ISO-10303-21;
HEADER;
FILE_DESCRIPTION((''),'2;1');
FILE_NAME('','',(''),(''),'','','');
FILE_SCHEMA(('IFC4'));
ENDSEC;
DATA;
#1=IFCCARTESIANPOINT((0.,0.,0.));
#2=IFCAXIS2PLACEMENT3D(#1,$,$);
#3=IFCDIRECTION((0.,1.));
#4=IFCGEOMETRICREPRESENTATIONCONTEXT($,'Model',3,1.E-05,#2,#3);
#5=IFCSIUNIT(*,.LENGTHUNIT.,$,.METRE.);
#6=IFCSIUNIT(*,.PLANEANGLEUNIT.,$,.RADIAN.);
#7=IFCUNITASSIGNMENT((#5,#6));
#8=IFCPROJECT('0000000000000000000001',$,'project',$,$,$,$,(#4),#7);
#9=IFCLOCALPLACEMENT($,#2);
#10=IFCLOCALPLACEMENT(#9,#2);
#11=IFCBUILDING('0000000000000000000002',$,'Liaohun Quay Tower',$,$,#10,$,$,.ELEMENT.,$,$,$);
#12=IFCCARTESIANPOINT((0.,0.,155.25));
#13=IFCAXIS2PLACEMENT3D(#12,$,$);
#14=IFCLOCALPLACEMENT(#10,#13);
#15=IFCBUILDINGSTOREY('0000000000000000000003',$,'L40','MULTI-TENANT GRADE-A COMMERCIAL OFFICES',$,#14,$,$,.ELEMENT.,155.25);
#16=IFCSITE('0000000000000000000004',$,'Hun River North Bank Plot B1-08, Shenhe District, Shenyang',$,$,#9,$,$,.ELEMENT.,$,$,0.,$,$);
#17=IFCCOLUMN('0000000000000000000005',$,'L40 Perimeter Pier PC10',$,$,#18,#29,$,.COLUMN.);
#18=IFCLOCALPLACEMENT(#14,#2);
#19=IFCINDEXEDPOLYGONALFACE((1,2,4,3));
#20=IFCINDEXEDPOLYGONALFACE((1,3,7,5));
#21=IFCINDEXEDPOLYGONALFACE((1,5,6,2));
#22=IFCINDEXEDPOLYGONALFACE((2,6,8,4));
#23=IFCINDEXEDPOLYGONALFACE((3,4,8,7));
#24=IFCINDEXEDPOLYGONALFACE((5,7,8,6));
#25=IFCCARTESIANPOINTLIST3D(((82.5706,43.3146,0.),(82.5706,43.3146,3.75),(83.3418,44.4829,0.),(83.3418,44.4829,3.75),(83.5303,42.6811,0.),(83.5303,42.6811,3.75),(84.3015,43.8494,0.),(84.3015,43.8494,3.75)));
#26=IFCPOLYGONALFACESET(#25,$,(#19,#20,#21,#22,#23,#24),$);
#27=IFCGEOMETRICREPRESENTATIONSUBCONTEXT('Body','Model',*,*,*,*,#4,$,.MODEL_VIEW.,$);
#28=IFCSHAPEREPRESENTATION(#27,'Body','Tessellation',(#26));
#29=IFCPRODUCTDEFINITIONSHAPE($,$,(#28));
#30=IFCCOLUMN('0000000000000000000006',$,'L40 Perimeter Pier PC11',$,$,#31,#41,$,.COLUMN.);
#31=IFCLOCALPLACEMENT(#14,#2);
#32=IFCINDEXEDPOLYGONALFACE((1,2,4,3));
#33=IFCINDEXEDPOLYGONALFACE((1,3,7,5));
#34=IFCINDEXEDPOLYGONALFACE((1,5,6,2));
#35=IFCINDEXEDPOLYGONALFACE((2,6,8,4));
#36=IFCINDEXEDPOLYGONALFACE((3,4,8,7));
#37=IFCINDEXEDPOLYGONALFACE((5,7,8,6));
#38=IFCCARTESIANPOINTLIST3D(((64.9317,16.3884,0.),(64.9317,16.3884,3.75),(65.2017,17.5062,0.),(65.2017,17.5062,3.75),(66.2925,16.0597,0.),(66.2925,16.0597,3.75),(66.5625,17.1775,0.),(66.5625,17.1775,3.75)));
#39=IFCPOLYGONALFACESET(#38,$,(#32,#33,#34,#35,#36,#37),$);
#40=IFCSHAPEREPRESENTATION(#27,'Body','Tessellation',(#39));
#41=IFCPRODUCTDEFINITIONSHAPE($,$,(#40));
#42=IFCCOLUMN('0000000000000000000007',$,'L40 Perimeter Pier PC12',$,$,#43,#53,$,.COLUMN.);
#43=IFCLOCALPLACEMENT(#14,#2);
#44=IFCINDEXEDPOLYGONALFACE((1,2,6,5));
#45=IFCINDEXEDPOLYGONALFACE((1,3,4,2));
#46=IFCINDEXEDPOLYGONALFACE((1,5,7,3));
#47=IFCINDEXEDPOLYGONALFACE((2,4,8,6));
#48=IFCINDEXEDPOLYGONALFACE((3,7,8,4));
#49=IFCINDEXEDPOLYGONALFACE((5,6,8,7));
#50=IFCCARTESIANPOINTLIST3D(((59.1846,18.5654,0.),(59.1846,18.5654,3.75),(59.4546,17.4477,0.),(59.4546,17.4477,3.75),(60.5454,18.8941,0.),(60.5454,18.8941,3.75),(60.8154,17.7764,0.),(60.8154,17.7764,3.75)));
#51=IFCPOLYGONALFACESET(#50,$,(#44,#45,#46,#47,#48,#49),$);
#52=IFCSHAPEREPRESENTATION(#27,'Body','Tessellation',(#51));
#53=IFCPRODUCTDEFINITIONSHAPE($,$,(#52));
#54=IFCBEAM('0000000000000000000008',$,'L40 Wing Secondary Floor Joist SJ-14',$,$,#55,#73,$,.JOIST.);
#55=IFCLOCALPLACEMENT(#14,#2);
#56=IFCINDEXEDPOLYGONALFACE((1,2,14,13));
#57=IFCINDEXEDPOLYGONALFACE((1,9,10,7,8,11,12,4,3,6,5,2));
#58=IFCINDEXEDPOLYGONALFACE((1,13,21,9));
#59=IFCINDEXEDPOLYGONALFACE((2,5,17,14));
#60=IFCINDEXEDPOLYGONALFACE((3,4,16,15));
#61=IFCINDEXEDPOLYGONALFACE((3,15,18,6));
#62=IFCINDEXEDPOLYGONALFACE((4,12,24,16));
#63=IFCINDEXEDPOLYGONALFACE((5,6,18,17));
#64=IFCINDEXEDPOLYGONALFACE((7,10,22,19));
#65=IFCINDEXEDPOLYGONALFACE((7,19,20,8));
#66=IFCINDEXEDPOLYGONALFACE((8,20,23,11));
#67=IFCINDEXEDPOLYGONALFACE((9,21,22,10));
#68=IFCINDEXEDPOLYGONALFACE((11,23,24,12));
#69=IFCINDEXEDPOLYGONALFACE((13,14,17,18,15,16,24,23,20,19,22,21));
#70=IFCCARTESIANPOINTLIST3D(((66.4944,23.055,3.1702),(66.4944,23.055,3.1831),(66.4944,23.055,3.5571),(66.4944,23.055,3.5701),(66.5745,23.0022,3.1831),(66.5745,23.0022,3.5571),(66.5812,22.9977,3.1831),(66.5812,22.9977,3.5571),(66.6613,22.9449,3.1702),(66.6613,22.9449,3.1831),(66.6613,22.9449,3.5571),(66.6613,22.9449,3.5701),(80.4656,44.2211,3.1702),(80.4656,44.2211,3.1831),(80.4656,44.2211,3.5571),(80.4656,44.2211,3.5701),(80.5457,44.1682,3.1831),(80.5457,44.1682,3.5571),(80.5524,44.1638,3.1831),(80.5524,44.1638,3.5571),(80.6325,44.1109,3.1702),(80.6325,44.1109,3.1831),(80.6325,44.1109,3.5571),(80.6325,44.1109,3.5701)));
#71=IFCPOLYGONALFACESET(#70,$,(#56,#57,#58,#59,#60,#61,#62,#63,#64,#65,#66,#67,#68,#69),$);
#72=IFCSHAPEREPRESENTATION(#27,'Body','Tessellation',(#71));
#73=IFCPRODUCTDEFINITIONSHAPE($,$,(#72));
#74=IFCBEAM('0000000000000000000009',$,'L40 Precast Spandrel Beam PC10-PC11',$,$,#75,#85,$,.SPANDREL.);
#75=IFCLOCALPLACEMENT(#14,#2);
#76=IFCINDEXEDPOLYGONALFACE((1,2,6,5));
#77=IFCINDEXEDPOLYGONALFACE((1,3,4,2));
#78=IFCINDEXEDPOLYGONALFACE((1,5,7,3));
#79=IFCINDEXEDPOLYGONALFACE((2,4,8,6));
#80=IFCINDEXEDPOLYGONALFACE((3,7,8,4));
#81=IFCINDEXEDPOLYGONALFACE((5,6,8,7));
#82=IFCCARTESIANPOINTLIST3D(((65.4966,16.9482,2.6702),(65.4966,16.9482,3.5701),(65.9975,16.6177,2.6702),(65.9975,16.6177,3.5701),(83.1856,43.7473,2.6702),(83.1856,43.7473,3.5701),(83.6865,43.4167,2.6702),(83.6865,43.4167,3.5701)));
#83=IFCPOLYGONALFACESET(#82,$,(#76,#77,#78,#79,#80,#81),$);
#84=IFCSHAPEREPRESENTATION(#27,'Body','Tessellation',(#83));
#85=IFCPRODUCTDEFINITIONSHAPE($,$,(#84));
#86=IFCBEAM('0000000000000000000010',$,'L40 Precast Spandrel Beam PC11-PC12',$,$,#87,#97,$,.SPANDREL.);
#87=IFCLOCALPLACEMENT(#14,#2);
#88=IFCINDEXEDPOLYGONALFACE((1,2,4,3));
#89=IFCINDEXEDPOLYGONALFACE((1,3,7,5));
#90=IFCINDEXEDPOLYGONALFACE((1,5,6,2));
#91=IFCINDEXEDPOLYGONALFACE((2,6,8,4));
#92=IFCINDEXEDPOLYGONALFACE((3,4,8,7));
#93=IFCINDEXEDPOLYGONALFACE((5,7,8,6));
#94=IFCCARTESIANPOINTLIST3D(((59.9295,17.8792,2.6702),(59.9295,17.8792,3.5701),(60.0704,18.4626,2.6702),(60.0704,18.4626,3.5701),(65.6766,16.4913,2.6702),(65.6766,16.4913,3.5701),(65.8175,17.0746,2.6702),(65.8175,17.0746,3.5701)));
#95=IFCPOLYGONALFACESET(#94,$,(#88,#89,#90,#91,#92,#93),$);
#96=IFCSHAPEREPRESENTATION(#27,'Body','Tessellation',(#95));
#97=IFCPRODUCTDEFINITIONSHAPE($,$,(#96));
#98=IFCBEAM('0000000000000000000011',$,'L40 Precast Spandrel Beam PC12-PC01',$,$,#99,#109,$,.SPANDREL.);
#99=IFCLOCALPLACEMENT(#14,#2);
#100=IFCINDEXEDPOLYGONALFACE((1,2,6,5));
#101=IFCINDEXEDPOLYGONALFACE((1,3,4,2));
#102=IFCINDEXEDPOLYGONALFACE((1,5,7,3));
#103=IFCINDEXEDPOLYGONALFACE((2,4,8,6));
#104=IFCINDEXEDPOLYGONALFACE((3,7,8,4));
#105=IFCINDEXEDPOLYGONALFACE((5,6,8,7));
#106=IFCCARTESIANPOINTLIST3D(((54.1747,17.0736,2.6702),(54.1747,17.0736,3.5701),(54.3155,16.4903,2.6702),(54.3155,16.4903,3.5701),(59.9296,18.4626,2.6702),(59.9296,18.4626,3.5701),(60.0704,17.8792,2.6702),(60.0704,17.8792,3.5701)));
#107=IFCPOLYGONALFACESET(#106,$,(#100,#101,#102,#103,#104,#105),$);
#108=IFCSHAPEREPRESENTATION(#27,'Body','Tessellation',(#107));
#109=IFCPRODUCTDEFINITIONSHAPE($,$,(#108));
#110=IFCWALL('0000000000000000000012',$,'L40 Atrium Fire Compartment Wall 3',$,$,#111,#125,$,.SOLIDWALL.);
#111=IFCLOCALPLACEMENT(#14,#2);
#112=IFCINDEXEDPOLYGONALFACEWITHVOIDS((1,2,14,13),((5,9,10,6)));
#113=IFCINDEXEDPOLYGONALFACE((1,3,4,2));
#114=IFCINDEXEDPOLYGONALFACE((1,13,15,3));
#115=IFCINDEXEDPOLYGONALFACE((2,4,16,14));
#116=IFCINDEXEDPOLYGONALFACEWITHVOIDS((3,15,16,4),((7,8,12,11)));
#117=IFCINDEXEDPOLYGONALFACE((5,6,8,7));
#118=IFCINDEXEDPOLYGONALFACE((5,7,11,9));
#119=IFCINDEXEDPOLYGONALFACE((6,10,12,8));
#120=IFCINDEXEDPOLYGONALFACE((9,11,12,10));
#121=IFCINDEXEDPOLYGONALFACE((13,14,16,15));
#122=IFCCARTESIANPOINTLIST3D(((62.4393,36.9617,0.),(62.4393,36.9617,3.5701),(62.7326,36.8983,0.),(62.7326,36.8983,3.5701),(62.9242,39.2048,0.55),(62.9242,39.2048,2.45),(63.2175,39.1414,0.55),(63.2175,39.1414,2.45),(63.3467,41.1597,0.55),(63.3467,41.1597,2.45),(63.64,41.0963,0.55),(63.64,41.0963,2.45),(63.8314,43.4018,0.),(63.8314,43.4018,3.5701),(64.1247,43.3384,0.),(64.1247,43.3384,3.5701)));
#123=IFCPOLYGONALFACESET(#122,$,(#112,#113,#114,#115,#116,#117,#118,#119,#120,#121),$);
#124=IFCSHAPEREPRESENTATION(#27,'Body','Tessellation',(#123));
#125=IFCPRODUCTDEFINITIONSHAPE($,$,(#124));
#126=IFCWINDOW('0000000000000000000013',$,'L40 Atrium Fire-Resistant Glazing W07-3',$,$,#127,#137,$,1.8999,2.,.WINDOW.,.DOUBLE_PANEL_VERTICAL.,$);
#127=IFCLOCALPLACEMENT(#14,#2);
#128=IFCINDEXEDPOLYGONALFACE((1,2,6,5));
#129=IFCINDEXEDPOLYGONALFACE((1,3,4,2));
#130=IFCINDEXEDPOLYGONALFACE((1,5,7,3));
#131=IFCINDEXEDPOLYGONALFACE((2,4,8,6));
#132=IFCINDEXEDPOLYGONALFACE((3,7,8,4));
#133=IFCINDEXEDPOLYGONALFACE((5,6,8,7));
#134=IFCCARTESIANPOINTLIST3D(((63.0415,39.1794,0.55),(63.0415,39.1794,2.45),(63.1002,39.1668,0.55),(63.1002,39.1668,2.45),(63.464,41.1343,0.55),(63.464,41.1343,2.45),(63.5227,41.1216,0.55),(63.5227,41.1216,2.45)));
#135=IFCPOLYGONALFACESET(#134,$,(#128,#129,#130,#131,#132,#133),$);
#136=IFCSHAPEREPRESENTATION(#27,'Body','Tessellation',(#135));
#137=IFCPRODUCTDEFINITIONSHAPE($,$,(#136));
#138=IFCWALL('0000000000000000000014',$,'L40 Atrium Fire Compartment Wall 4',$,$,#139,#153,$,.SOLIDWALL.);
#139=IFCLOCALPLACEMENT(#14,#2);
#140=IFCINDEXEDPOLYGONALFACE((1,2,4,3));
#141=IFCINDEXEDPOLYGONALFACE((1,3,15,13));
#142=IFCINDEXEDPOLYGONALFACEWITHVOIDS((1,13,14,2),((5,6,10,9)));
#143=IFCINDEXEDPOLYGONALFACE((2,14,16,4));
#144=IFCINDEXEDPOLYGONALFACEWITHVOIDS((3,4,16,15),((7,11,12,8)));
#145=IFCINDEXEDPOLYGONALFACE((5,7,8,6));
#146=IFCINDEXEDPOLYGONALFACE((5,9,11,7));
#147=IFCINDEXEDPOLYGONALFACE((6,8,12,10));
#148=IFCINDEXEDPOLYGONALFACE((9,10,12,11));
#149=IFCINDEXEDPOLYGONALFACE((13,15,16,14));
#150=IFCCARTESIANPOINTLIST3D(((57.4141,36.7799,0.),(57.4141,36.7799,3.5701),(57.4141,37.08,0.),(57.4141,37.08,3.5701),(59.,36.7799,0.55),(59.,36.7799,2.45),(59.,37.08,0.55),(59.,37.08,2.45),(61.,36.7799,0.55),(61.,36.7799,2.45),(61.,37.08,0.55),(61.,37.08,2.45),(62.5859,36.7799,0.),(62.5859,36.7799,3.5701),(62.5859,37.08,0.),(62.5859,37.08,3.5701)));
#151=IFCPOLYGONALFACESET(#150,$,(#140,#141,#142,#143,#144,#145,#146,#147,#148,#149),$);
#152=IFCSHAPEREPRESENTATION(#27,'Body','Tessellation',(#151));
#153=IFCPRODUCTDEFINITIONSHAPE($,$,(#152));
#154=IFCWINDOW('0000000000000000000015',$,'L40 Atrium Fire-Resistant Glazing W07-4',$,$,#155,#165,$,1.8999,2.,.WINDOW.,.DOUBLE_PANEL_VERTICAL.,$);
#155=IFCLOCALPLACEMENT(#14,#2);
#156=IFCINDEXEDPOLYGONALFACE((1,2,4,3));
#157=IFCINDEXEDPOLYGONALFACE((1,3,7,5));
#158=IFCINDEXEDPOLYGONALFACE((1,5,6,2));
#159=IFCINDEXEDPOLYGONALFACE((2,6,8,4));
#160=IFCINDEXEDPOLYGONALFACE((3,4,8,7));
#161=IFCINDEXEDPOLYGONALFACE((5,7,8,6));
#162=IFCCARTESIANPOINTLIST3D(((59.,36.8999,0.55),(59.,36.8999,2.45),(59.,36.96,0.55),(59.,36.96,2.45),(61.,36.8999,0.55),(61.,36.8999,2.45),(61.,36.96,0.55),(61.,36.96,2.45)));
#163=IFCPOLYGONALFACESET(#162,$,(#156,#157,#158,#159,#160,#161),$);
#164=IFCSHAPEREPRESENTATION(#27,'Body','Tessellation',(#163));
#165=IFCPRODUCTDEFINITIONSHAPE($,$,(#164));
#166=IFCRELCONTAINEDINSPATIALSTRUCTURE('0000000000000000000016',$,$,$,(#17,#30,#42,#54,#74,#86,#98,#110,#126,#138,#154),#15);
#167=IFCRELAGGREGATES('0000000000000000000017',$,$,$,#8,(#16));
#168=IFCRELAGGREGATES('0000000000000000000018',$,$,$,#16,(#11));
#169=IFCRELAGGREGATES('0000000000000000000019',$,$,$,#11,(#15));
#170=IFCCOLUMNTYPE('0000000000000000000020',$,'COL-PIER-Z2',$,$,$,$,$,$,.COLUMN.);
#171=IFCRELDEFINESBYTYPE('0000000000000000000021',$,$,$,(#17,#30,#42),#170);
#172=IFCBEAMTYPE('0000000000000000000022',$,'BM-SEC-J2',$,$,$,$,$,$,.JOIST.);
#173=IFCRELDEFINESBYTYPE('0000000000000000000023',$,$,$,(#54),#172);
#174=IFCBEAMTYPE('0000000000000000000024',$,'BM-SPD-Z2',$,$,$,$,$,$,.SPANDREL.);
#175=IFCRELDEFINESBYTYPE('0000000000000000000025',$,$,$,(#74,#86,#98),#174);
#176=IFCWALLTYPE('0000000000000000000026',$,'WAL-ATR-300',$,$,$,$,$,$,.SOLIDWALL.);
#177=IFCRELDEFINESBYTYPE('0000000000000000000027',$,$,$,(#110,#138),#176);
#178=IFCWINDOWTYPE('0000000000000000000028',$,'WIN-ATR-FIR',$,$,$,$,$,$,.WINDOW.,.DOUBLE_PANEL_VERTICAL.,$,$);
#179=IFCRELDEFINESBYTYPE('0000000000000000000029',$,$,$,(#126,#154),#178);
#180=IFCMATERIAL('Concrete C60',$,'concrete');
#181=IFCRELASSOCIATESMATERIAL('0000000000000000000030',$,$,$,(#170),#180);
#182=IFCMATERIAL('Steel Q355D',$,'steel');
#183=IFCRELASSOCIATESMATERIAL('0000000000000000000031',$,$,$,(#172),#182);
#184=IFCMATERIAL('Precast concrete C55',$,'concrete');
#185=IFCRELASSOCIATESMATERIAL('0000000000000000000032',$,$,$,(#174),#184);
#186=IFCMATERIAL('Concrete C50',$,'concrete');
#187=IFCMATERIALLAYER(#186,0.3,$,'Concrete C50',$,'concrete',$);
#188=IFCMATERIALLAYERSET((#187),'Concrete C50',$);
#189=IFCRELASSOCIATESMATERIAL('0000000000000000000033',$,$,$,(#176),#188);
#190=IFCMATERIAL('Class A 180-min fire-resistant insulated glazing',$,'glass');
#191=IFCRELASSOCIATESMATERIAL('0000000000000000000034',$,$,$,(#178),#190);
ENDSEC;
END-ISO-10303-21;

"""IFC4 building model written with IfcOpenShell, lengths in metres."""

from ifc_helpers import new_model, si_unit, direction, frame, frame_2d, origin, origin_2d, place, context, subcontext, project, spatial, rectangle, i_section, extrude, source, transform, mapped, material, layer, layer_set, material_profile, profile_set, type_object, element, fill, save


model = new_model("IFC4")

# Units and contexts
model_context = context("Model", 3, precision=1e-05, world=origin(), true_north=direction((0.0, 1.0)))
body_context = subcontext(model_context, "Body", "Model", "MODEL_VIEW")
ifc_project = project(units=[si_unit("LENGTHUNIT", "METRE"), si_unit("PLANEANGLEUNIT", "RADIAN")], contexts=[model_context])

# Site, building, storey
site_placement = place(None, origin())
site = spatial("IfcSite", under=ifc_project, at=site_placement, Name="Hun River North Bank Plot B1-08, Shenhe District, Shenyang", CompositionType="ELEMENT", RefElevation=0.0)
building_placement = place(site_placement, origin())
building = spatial("IfcBuilding", under=site, at=building_placement, Name="Liaohun Quay Tower", CompositionType="ELEMENT")
storey_placement = place(building_placement, frame((0.0, 0.0, 155.25)))
storey = spatial("IfcBuildingStorey", under=building, at=storey_placement, Name="L40", Description="MULTI-TENANT GRADE-A COMMERCIAL OFFICES", CompositionType="ELEMENT", Elevation=155.25)

# Columns
ifc_material_1 = material(Name="Concrete C60", Category="concrete")
ifc_material_profile_1 = material_profile(ifc_material_1, rectangle(XDim=1.3999, YDim=1.1499, at=origin_2d()), Name="RC1400x1150")
ifc_profile_set_1 = profile_set([ifc_material_profile_1], Name="Concrete C60")
column_type = type_object("IfcColumnType", Name="COL-PIER-Z2", PredefinedType="COLUMN", material=ifc_profile_set_1)
shared_shape_1 = source(origin(), body_context, "Body", "SweptSolid", [
    extrude(rectangle(XDim=1.3999, YDim=1.1499, at=origin_2d()), origin(), (0.0, 0.0, 1.0), 3.75),
])
for number, where, z_axis, x_axis, name in (
    (1, (83.436, 43.582, 0.0), (0.0, 0.0, 1.0), (0.550918, 0.83456, 0.0), "L40 Perimeter Pier PC10"),
    (2, (65.7471, 16.783, 0.0), (0.0, 0.0, 1.0), (-0.972043, 0.234803, 0.0), "L40 Perimeter Pier PC11"),
    (3, (60.0, 18.1709, 0.0), (0.0, 0.0, 1.0), (0.972043, 0.234803, 0.0), "L40 Perimeter Pier PC12"),
):
    element("IfcColumn", number, at=place(storey_placement, frame(where, z_axis=z_axis, x_axis=x_axis)), inside=storey, type_object=column_type, Name=name, PredefinedType="COLUMN", context=body_context, shape_type="MappedRepresentation", body=[
        mapped(shared_shape_1, transform((0.0, 0.0, 0.0), x_axis=(1.0, 0.0, 0.0), y_axis=(0.0, 1.0, 0.0), z_axis=(0.0, 0.0, 1.0), scale=1.0)),
    ])

# Beams
ifc_material_2 = material(Name="Steel Q355D", Category="steel")
ifc_material_profile_2 = material_profile(ifc_material_2, i_section(OverallWidth=0.2, OverallDepth=0.3999, WebThickness=0.0081, FlangeThickness=0.0129, at=origin_2d()), Name="HN400x200x8x13")
ifc_profile_set_2 = profile_set([ifc_material_profile_2], Name="Steel Q355D")
beam_type_1 = type_object("IfcBeamType", Name="BM-SEC-J2", PredefinedType="JOIST", material=ifc_profile_set_2)
shared_shape_2 = source(origin(), body_context, "Body", "SweptSolid", [
    extrude(i_section(OverallWidth=0.2, OverallDepth=0.3999, WebThickness=0.0081, FlangeThickness=0.0129, at=origin_2d()), origin(), (0.0, 0.0, 1.0), 25.3613),
])
beam_1_placement = place(storey_placement, frame((80.5491, 44.166, 3.3701), z_axis=(-0.550887, -0.83458, 0.0), x_axis=(0.83458, -0.550887, 0.0)))
element("IfcBeam", 4, at=beam_1_placement, inside=storey, type_object=beam_type_1, Name="L40 Wing Secondary Floor Joist SJ-14", PredefinedType="JOIST", context=body_context, shape_type="MappedRepresentation", body=[
    mapped(shared_shape_2, transform((0.0, 0.0, 0.0), x_axis=(1.0, 0.0, 0.0), y_axis=(0.0, 1.0, 0.0), z_axis=(0.0, 0.0, 1.0), scale=1.0)),
])
ifc_material_3 = material(Name="Precast concrete C55", Category="concrete")
ifc_material_profile_3 = material_profile(ifc_material_3, rectangle(XDim=0.6001, YDim=0.8999, at=origin_2d()), Name="RC600x900")
ifc_profile_set_3 = profile_set([ifc_material_profile_3], Name="Precast concrete C55")
beam_type_2 = type_object("IfcBeamType", Name="BM-SPD-Z2", PredefinedType="SPANDREL", material=ifc_profile_set_3)
shared_shape_3 = source(origin(), body_context, "Body", "SweptSolid", [
    extrude(rectangle(XDim=0.6001, YDim=0.8999, at=origin_2d()), origin(), (0.0, 0.0, 1.0), 32.1106),
])
beam_2_placement = place(storey_placement, frame((83.436, 43.582, 3.1201), z_axis=(-0.550876, -0.834587, 0.0), x_axis=(0.834587, -0.550876, 0.0)))
element("IfcBeam", 5, at=beam_2_placement, inside=storey, type_object=beam_type_2, Name="L40 Precast Spandrel Beam PC10-PC11", PredefinedType="SPANDREL", context=body_context, shape_type="MappedRepresentation", body=[
    mapped(shared_shape_3, transform((0.0, 0.0, 0.0), x_axis=(1.0, 0.0, 0.0), y_axis=(0.0, 1.0, 0.0), z_axis=(0.0, 0.0, 1.0), scale=1.0)),
])
shared_shape_4 = source(origin(), body_context, "Body", "SweptSolid", [
    extrude(rectangle(XDim=0.6001, YDim=0.8999, at=origin_2d()), origin(), (0.0, 0.0, 1.0), 5.9124),
])
beam_3_placement = place(storey_placement, frame((65.7471, 16.783, 3.1201), z_axis=(-0.972055, 0.234755, 0.0), x_axis=(-0.234755, -0.972055, 0.0)))
element("IfcBeam", 6, at=beam_3_placement, inside=storey, type_object=beam_type_2, Name="L40 Precast Spandrel Beam PC11-PC12", PredefinedType="SPANDREL", context=body_context, shape_type="MappedRepresentation", body=[
    mapped(shared_shape_4, transform((0.0, 0.0, 0.0), x_axis=(1.0, 0.0, 0.0), y_axis=(0.0, 1.0, 0.0), z_axis=(0.0, 0.0, 1.0), scale=1.0)),
])
shared_shape_5 = source(origin(), body_context, "Body", "SweptSolid", [
    extrude(rectangle(XDim=0.6001, YDim=0.8999, at=origin_2d()), origin(), (0.0, 0.0, 1.0), 5.9202),
])
beam_4_placement = place(storey_placement, frame((60.0, 18.1709, 3.1201), z_axis=(-0.97209, -0.23461, 0.0), x_axis=(0.23461, -0.97209, 0.0)))
element("IfcBeam", 7, at=beam_4_placement, inside=storey, type_object=beam_type_2, Name="L40 Precast Spandrel Beam PC12-PC01", PredefinedType="SPANDREL", context=body_context, shape_type="MappedRepresentation", body=[
    mapped(shared_shape_5, transform((0.0, 0.0, 0.0), x_axis=(1.0, 0.0, 0.0), y_axis=(0.0, 1.0, 0.0), z_axis=(0.0, 0.0, 1.0), scale=1.0)),
])

# Walls, openings, windows
ifc_material_4 = material(Name="Concrete C50", Category="concrete")
ifc_layer_1 = layer(ifc_material_4, 0.3, Name="Concrete C50", Category="concrete")
ifc_layer_set_1 = layer_set([ifc_layer_1], Name="Concrete C50")
wall_type_1 = type_object("IfcWallType", Name="WAL-ATR-300", PredefinedType="SOLIDWALL", material=ifc_layer_set_1)
wall_1_placement = place(storey_placement, frame((63.978, 43.3701, 0.0), z_axis=(0.0, 0.0, 1.0), x_axis=(-0.211277, -0.977426, 0.0)))
wall_1 = element("IfcWall", 8, at=wall_1_placement, inside=storey, type_object=wall_type_1, Name="L40 Atrium Fire Compartment Wall 3", PredefinedType="SOLIDWALL", context=body_context, shape_type="SweptSolid", body=[
    extrude(rectangle(XDim=6.5889, YDim=0.3, at=frame_2d((3.2944, 0.0))), origin(), (0.0, 0.0, 1.0), 3.5701),
])
shared_shape_6 = source(origin(), body_context, "Body", "SweptSolid", [
    extrude(rectangle(XDim=2.0, YDim=1.8999, at=frame_2d((1.0, 0.95))), frame((0.0, 0.1599, 0.0), z_axis=(0.0, -1.0, 0.0), x_axis=(1.0, 0.0, 0.0)), (0.0, 0.0, 1.0), 0.3201),
])
opening_1_placement = place(wall_1_placement, frame((2.2939, 0.0, 0.55)))
opening_1 = element("IfcOpeningElement", 9, at=opening_1_placement, cuts=wall_1, PredefinedType="OPENING", context=body_context, shape_type="MappedRepresentation", body=[
    mapped(shared_shape_6, transform((0.0, 0.0, 0.0), x_axis=(1.0, 0.0, 0.0), y_axis=(0.0, 1.0, 0.0), z_axis=(0.0, 0.0, 1.0), scale=1.0)),
])
ifc_material_5 = material(Name="Class A 180-min fire-resistant insulated glazing", Category="glass")
window_type_1 = type_object("IfcWindowType", Name="WIN-ATR-FIR", PartitioningType="DOUBLE_PANEL_VERTICAL", PredefinedType="WINDOW", material=ifc_material_5)
shared_shape_7 = source(origin(), body_context, "Body", "SweptSolid", [
    extrude(rectangle(XDim=2.0, YDim=1.8999, at=frame_2d((1.0, 0.95))), frame((0.0, 0.03, 0.0), z_axis=(0.0, -1.0, 0.0), x_axis=(1.0, 0.0, 0.0)), (0.0, 0.0, 1.0), 0.0601),
])
window_1_placement = place(opening_1_placement, origin())
window_1 = element("IfcWindow", 10, at=window_1_placement, inside=storey, type_object=window_type_1, Name="L40 Atrium Fire-Resistant Glazing W07-3", OverallHeight=1.8999, OverallWidth=2.0, PartitioningType="DOUBLE_PANEL_VERTICAL", PredefinedType="WINDOW", context=body_context, shape_type="MappedRepresentation", body=[
    mapped(shared_shape_7, transform((0.0, 0.0, 0.0), x_axis=(1.0, 0.0, 0.0), y_axis=(0.0, 1.0, 0.0), z_axis=(0.0, 0.0, 1.0), scale=1.0)),
])
fill(opening_1, window_1)
wall_2_placement = place(storey_placement, frame((62.5859, 36.9299, 0.0), z_axis=(0.0, 0.0, 1.0), x_axis=(-1.0, 0.0, 0.0)))
wall_2 = element("IfcWall", 11, at=wall_2_placement, inside=storey, type_object=wall_type_1, Name="L40 Atrium Fire Compartment Wall 4", PredefinedType="SOLIDWALL", context=body_context, shape_type="SweptSolid", body=[
    extrude(rectangle(XDim=5.1719, YDim=0.3, at=frame_2d((2.5859, 0.0))), origin(), (0.0, 0.0, 1.0), 3.5701),
])
opening_2_placement = place(wall_2_placement, frame((1.5859, 0.0, 0.55)))
opening_2 = element("IfcOpeningElement", 12, at=opening_2_placement, cuts=wall_2, PredefinedType="OPENING", context=body_context, shape_type="MappedRepresentation", body=[
    mapped(shared_shape_6, transform((0.0, 0.0, 0.0), x_axis=(1.0, 0.0, 0.0), y_axis=(0.0, 1.0, 0.0), z_axis=(0.0, 0.0, 1.0), scale=1.0)),
])
window_2_placement = place(opening_2_placement, origin())
window_2 = element("IfcWindow", 13, at=window_2_placement, inside=storey, type_object=window_type_1, Name="L40 Atrium Fire-Resistant Glazing W07-4", OverallHeight=1.8999, OverallWidth=2.0, PartitioningType="DOUBLE_PANEL_VERTICAL", PredefinedType="WINDOW", context=body_context, shape_type="MappedRepresentation", body=[
    mapped(shared_shape_7, transform((0.0, 0.0, 0.0), x_axis=(1.0, 0.0, 0.0), y_axis=(0.0, 1.0, 0.0), z_axis=(0.0, 0.0, 1.0), scale=1.0)),
])
fill(opening_2, window_2)

save(model, "model.ifc")
